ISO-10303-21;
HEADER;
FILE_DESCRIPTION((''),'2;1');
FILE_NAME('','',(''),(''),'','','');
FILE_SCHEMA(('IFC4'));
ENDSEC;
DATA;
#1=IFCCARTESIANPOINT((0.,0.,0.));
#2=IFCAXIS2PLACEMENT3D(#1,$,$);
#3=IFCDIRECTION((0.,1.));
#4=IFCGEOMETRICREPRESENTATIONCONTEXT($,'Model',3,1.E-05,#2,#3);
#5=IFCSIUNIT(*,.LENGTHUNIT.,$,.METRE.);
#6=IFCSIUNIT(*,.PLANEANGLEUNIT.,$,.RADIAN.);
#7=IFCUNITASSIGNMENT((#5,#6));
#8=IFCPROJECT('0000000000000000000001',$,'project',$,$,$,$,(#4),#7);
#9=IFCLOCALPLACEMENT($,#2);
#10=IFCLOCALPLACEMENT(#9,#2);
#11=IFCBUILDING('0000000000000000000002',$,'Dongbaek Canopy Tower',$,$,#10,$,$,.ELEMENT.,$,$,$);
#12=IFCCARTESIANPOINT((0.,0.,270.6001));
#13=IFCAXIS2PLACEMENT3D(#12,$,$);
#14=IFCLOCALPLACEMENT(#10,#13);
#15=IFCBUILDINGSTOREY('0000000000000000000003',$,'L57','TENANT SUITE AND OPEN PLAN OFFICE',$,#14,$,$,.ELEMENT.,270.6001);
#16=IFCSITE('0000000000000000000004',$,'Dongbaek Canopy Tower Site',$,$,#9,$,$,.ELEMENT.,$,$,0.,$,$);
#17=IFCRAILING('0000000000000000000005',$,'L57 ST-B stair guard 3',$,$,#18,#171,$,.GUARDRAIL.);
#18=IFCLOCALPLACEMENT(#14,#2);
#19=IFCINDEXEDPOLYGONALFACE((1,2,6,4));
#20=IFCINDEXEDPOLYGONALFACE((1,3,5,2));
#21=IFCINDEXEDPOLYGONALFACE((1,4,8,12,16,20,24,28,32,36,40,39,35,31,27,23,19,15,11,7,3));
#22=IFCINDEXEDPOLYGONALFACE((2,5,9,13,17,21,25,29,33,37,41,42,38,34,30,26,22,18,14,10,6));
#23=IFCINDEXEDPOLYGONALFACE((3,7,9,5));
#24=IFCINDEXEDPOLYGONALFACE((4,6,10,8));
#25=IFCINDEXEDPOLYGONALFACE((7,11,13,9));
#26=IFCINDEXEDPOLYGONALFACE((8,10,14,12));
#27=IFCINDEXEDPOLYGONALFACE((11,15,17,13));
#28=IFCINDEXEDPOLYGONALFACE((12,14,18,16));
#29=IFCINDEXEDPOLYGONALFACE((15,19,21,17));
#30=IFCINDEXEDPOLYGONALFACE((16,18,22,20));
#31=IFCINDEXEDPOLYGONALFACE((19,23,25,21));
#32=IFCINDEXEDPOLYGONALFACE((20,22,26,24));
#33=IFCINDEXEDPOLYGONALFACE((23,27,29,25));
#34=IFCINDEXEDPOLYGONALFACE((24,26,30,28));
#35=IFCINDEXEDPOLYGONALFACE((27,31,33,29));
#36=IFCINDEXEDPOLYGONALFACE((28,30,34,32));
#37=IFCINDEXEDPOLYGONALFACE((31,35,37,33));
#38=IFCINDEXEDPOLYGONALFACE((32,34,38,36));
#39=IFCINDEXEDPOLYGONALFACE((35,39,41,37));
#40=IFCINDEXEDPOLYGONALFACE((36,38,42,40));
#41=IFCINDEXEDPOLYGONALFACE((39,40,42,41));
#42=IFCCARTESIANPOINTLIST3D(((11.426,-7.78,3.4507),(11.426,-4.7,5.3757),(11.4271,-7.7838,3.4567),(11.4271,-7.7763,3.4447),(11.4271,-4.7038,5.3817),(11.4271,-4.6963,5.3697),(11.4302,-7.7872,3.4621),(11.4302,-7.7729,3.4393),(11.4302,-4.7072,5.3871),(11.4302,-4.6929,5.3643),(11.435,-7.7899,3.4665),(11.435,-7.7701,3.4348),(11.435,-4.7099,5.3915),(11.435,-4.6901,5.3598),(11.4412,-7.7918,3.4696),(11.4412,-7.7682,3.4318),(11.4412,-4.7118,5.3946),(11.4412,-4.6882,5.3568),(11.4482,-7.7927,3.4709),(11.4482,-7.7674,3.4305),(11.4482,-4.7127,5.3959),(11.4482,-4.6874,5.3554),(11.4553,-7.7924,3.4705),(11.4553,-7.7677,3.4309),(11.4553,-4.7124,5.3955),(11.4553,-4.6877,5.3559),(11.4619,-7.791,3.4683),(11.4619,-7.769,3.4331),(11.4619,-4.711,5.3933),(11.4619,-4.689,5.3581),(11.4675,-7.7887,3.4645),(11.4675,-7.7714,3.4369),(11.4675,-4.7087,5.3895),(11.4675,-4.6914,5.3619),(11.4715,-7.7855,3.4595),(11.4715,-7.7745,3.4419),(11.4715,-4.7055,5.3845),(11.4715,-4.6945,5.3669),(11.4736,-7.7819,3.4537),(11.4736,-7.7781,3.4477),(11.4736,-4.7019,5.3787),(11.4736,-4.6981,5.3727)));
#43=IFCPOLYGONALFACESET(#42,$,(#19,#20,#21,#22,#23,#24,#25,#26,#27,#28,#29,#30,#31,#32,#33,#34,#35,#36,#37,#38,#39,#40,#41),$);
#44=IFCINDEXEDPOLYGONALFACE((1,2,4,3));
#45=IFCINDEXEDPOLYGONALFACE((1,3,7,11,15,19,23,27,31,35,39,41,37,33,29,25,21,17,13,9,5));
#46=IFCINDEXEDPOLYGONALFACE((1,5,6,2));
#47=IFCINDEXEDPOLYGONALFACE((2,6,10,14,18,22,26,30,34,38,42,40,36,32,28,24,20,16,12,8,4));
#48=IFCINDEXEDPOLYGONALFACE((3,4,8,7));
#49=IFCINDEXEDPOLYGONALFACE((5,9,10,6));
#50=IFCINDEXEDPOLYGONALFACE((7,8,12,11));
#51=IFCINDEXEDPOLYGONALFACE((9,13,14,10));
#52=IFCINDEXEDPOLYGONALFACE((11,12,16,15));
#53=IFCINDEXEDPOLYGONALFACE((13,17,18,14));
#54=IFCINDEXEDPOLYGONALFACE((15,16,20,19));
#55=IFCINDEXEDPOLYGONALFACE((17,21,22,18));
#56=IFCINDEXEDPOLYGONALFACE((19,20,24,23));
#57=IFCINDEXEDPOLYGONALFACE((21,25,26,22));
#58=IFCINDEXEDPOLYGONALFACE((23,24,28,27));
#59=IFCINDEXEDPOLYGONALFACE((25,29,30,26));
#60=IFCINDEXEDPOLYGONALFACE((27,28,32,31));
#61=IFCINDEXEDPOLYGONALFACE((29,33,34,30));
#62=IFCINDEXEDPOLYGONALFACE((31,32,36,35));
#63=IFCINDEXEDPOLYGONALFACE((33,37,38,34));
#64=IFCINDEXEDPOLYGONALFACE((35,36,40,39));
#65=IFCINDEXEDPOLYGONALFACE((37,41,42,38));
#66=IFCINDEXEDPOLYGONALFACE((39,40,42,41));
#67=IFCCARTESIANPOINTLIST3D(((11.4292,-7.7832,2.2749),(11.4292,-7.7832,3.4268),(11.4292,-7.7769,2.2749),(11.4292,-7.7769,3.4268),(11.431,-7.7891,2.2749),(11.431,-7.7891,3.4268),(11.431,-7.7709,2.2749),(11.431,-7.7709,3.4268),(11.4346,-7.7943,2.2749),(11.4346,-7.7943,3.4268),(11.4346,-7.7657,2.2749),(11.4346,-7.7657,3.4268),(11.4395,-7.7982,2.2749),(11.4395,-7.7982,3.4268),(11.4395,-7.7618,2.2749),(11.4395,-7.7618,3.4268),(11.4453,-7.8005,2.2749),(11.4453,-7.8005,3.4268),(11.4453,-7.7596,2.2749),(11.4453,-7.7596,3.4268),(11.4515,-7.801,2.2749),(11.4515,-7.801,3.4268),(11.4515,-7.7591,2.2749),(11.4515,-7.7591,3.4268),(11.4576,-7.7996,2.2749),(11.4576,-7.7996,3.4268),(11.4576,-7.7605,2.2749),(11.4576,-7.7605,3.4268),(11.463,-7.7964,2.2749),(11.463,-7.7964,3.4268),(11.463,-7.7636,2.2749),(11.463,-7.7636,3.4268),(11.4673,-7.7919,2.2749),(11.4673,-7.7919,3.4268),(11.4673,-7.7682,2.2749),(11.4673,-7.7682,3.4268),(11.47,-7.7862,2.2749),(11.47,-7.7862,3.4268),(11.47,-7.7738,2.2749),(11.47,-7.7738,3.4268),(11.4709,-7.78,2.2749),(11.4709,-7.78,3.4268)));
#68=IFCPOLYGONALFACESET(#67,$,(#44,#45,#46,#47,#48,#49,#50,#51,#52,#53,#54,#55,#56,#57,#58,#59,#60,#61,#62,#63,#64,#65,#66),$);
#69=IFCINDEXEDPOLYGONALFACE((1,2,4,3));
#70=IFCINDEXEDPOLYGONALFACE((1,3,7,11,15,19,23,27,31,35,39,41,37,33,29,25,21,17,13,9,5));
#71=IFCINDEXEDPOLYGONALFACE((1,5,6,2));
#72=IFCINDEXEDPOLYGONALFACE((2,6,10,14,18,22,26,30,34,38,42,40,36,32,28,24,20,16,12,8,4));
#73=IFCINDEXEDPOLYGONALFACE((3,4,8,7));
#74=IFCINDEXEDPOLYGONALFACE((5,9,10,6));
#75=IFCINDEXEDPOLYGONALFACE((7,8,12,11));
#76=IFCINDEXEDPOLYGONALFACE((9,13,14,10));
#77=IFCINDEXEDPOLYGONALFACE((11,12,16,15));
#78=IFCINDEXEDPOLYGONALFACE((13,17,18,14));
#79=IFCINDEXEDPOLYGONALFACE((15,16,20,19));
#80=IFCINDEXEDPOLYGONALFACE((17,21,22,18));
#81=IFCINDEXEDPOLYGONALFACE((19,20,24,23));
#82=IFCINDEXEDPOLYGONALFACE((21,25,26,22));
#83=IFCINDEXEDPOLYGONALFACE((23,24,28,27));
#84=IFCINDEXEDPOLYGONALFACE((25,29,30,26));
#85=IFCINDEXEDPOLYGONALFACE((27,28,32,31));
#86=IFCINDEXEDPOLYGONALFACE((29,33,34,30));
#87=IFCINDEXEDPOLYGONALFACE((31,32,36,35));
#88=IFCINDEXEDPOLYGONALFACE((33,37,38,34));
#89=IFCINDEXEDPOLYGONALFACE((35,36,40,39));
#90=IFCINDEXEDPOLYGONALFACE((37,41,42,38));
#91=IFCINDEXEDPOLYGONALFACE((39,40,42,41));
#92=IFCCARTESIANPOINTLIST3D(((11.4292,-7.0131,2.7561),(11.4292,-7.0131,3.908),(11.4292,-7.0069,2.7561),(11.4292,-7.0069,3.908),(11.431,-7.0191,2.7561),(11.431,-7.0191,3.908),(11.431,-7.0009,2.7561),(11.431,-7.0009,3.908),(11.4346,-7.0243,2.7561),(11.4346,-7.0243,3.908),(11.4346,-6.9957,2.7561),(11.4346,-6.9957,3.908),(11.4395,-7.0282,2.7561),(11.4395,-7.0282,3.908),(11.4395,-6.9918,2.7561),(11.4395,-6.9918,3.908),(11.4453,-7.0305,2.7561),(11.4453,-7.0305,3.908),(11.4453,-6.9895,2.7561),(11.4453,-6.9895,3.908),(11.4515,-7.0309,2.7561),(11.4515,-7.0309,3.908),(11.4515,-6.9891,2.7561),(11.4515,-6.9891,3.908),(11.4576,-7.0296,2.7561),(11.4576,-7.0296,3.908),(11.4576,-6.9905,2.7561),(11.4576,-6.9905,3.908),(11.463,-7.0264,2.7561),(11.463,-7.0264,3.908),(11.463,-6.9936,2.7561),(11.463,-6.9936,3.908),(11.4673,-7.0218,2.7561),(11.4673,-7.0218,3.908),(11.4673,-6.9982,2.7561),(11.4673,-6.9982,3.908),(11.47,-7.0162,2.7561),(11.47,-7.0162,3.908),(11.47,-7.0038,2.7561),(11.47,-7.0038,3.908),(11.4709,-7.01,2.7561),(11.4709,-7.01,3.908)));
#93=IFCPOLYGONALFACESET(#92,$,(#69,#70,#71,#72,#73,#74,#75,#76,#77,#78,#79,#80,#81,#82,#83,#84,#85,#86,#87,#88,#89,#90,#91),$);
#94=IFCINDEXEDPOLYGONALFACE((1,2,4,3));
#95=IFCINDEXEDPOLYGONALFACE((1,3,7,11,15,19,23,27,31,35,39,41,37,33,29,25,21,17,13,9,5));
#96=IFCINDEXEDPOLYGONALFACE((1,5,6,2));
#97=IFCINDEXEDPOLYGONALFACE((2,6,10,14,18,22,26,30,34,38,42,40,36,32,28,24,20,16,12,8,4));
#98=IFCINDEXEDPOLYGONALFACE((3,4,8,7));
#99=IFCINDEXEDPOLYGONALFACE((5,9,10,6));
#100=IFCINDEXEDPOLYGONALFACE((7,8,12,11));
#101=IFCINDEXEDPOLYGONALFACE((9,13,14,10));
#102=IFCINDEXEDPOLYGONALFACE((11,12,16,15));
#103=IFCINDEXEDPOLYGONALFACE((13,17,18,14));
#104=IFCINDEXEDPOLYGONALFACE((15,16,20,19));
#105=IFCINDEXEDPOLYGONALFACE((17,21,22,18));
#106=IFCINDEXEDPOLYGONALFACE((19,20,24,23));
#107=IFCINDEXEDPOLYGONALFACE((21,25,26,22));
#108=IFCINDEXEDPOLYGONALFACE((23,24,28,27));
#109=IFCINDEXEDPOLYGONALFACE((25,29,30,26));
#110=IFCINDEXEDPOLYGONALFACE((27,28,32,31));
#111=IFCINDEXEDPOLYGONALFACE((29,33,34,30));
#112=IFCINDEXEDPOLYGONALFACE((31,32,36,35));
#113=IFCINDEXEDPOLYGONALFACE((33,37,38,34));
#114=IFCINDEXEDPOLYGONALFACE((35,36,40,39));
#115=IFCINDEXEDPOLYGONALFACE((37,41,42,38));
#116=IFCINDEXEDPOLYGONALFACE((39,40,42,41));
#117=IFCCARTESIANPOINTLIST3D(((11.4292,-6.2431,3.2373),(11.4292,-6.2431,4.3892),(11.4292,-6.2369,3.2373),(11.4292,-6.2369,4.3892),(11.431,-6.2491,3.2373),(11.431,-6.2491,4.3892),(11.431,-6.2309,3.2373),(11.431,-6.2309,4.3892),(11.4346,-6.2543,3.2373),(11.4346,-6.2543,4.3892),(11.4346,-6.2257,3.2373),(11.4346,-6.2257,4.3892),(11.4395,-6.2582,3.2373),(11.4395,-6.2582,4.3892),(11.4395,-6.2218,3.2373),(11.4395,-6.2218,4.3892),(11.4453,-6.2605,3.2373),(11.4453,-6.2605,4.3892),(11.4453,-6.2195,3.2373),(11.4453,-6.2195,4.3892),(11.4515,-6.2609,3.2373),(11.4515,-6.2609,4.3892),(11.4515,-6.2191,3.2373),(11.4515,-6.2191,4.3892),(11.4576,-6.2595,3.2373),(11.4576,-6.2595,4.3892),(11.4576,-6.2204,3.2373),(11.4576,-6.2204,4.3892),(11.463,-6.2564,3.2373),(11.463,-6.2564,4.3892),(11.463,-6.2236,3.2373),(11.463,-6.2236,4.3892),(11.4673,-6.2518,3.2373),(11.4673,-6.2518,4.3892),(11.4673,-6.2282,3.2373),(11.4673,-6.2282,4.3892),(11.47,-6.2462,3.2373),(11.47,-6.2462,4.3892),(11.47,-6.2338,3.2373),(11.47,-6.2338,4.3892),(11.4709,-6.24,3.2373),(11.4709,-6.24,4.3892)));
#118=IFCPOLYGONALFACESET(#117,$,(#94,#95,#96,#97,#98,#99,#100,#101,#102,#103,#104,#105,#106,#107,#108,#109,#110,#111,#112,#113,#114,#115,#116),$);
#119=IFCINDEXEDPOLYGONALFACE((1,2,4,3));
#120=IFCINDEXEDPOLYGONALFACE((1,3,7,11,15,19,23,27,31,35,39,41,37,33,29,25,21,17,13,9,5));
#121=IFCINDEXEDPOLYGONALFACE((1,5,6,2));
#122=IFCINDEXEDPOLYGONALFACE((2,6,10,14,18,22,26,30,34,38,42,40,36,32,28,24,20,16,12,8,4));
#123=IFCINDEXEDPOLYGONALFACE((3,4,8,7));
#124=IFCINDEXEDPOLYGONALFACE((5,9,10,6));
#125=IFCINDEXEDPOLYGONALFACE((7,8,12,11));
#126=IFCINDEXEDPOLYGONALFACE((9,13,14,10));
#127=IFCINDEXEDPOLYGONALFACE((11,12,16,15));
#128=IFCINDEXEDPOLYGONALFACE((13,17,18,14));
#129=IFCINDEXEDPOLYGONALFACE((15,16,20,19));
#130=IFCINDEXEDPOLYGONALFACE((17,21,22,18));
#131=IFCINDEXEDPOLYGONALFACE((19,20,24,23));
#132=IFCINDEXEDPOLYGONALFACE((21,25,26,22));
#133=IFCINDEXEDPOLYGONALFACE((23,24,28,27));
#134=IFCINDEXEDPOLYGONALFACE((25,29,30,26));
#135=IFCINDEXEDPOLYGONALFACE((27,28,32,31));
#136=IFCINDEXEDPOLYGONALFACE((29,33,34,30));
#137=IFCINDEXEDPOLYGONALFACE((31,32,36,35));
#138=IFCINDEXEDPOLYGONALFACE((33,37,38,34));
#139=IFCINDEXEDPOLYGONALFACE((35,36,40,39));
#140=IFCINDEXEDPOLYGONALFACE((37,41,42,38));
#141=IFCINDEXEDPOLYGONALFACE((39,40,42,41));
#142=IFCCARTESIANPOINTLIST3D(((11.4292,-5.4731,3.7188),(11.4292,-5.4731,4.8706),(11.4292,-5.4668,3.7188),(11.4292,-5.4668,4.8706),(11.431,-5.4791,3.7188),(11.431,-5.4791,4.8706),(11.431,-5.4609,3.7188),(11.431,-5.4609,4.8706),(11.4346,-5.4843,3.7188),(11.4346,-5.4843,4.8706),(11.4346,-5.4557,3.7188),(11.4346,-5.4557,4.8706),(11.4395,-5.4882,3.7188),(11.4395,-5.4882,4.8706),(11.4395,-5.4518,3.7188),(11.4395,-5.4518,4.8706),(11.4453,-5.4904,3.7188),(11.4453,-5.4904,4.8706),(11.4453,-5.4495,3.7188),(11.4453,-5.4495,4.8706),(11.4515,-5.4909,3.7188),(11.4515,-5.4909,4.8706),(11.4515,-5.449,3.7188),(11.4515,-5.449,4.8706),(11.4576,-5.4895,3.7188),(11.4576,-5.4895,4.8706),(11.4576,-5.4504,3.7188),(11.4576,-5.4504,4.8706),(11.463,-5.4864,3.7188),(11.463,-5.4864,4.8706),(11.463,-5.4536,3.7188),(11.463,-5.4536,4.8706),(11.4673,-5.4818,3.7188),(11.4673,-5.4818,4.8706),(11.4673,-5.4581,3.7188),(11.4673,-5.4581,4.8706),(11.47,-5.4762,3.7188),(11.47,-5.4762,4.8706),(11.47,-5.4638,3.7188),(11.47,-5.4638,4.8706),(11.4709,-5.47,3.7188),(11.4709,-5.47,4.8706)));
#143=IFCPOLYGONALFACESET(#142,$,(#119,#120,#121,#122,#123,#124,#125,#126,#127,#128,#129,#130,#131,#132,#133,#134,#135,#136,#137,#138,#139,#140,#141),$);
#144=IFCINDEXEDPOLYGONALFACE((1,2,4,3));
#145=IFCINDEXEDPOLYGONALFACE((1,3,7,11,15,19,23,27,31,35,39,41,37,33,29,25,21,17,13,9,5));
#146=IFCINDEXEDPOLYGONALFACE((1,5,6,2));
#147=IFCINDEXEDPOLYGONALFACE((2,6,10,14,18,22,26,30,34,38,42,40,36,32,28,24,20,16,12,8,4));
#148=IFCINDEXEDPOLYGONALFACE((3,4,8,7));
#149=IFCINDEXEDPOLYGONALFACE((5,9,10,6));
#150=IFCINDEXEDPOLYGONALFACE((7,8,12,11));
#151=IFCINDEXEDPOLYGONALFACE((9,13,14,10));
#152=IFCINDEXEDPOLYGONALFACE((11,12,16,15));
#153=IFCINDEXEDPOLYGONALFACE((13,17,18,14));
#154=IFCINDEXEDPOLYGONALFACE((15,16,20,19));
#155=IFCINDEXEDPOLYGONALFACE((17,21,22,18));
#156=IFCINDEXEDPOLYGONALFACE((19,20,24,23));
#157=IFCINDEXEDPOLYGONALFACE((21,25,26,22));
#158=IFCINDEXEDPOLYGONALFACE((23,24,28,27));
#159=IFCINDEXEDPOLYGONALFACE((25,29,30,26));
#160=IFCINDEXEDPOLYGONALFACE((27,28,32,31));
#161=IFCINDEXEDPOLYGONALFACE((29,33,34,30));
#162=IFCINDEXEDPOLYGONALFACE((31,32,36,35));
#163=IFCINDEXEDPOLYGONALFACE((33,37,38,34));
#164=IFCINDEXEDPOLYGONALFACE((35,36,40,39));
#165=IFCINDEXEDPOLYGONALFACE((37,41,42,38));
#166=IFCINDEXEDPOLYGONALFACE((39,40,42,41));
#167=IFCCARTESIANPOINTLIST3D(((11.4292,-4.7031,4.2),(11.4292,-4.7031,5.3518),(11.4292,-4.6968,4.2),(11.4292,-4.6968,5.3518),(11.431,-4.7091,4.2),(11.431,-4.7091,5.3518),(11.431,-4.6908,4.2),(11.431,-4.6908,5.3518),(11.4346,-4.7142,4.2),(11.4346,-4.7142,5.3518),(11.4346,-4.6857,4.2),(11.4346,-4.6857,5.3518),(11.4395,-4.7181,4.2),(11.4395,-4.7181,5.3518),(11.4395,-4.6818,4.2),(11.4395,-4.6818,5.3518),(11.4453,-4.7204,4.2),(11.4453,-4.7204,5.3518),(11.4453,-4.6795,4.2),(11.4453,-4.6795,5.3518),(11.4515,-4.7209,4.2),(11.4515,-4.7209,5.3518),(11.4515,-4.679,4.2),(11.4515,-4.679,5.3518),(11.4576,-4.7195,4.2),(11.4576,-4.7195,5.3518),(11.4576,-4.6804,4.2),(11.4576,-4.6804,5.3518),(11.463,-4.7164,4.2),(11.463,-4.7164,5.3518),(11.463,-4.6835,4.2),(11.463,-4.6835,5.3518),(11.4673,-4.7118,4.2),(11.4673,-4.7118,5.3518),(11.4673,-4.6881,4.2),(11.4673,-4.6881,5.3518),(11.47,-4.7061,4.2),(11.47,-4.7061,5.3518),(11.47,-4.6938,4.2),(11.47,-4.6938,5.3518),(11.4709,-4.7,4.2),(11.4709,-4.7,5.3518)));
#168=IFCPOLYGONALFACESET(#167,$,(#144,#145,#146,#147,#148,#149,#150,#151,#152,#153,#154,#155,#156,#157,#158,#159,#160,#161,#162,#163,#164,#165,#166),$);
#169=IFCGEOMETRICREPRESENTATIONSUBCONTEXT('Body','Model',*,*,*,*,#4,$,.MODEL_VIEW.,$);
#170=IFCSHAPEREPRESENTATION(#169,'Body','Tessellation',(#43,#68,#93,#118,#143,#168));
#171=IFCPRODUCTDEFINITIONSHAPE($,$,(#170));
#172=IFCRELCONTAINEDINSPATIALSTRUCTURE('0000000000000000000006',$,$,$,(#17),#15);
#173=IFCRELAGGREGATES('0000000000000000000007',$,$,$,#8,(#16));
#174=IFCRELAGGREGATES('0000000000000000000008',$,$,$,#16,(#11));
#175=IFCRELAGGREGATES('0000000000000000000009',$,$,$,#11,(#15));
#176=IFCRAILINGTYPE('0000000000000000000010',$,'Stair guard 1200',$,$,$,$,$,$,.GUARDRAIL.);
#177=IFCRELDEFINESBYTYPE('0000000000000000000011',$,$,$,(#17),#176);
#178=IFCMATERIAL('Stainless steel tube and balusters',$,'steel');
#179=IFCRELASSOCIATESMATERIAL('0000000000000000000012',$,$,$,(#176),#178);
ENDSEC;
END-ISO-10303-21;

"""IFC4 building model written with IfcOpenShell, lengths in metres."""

from ifc_helpers import new_model, si_unit, direction, frame, origin, origin_2d, place, context, subcontext, project, spatial, circle, extrude, material, type_object, element, save


model = new_model("IFC4")

# Units and contexts
model_context = context("Model", 3, precision=1e-05, world=origin(), true_north=direction((0.0, 1.0)))
body_context = subcontext(model_context, "Body", "Model", "MODEL_VIEW")
ifc_project = project(units=[si_unit("LENGTHUNIT", "METRE"), si_unit("PLANEANGLEUNIT", "RADIAN")], contexts=[model_context])

# Site, building, storey
site_placement = place(None, origin())
site = spatial("IfcSite", under=ifc_project, at=site_placement, Name="Dongbaek Canopy Tower Site", CompositionType="ELEMENT", RefElevation=0.0)
building_placement = place(site_placement, origin())
building = spatial("IfcBuilding", under=site, at=building_placement, Name="Dongbaek Canopy Tower", CompositionType="ELEMENT")
storey_placement = place(building_placement, frame((0.0, 0.0, 270.6001)))
storey = spatial("IfcBuildingStorey", under=building, at=storey_placement, Name="L57", Description="TENANT SUITE AND OPEN PLAN OFFICE", CompositionType="ELEMENT", Elevation=270.6001)

# Railing
ifc_material_1 = material(Name="Stainless steel tube and balusters", Category="steel")
railing_type_1 = type_object("IfcRailingType", Name="Stair guard 1200", PredefinedType="GUARDRAIL", material=ifc_material_1)
railing_1_placement = place(storey_placement, frame((11.45, -7.78, 2.2749)))
element("IfcRailing", 1, at=railing_1_placement, inside=storey, type_object=railing_type_1, Name="L57 ST-B stair guard 3", PredefinedType="GUARDRAIL", context=body_context, shape_type="SweptSolid", body=[
    extrude(circle(Radius=0.0239, at=origin_2d()), frame((0.0, 0.0, 1.1758), z_axis=(0.0, 0.847998, 0.529999), x_axis=(-1.0, 0.0, 0.0)), (0.0, 0.0, 1.0), 3.6321),
    extrude(circle(Radius=0.021, at=origin_2d()), origin(), (0.0, 0.0, 1.0), 1.1519),
    extrude(circle(Radius=0.021, at=origin_2d()), frame((0.0, 0.77, 0.4812)), (0.0, 0.0, 1.0), 1.1519),
    extrude(circle(Radius=0.021, at=origin_2d()), frame((0.0, 1.54, 0.9624)), (0.0, 0.0, 1.0), 1.1519),
    extrude(circle(Radius=0.021, at=origin_2d()), frame((0.0, 2.3101, 1.4438)), (0.0, 0.0, 1.0), 1.1519),
    extrude(circle(Radius=0.021, at=origin_2d()), frame((0.0, 3.0801, 1.925)), (0.0, 0.0, 1.0), 1.1519),
])

save(model, "model.ifc")
